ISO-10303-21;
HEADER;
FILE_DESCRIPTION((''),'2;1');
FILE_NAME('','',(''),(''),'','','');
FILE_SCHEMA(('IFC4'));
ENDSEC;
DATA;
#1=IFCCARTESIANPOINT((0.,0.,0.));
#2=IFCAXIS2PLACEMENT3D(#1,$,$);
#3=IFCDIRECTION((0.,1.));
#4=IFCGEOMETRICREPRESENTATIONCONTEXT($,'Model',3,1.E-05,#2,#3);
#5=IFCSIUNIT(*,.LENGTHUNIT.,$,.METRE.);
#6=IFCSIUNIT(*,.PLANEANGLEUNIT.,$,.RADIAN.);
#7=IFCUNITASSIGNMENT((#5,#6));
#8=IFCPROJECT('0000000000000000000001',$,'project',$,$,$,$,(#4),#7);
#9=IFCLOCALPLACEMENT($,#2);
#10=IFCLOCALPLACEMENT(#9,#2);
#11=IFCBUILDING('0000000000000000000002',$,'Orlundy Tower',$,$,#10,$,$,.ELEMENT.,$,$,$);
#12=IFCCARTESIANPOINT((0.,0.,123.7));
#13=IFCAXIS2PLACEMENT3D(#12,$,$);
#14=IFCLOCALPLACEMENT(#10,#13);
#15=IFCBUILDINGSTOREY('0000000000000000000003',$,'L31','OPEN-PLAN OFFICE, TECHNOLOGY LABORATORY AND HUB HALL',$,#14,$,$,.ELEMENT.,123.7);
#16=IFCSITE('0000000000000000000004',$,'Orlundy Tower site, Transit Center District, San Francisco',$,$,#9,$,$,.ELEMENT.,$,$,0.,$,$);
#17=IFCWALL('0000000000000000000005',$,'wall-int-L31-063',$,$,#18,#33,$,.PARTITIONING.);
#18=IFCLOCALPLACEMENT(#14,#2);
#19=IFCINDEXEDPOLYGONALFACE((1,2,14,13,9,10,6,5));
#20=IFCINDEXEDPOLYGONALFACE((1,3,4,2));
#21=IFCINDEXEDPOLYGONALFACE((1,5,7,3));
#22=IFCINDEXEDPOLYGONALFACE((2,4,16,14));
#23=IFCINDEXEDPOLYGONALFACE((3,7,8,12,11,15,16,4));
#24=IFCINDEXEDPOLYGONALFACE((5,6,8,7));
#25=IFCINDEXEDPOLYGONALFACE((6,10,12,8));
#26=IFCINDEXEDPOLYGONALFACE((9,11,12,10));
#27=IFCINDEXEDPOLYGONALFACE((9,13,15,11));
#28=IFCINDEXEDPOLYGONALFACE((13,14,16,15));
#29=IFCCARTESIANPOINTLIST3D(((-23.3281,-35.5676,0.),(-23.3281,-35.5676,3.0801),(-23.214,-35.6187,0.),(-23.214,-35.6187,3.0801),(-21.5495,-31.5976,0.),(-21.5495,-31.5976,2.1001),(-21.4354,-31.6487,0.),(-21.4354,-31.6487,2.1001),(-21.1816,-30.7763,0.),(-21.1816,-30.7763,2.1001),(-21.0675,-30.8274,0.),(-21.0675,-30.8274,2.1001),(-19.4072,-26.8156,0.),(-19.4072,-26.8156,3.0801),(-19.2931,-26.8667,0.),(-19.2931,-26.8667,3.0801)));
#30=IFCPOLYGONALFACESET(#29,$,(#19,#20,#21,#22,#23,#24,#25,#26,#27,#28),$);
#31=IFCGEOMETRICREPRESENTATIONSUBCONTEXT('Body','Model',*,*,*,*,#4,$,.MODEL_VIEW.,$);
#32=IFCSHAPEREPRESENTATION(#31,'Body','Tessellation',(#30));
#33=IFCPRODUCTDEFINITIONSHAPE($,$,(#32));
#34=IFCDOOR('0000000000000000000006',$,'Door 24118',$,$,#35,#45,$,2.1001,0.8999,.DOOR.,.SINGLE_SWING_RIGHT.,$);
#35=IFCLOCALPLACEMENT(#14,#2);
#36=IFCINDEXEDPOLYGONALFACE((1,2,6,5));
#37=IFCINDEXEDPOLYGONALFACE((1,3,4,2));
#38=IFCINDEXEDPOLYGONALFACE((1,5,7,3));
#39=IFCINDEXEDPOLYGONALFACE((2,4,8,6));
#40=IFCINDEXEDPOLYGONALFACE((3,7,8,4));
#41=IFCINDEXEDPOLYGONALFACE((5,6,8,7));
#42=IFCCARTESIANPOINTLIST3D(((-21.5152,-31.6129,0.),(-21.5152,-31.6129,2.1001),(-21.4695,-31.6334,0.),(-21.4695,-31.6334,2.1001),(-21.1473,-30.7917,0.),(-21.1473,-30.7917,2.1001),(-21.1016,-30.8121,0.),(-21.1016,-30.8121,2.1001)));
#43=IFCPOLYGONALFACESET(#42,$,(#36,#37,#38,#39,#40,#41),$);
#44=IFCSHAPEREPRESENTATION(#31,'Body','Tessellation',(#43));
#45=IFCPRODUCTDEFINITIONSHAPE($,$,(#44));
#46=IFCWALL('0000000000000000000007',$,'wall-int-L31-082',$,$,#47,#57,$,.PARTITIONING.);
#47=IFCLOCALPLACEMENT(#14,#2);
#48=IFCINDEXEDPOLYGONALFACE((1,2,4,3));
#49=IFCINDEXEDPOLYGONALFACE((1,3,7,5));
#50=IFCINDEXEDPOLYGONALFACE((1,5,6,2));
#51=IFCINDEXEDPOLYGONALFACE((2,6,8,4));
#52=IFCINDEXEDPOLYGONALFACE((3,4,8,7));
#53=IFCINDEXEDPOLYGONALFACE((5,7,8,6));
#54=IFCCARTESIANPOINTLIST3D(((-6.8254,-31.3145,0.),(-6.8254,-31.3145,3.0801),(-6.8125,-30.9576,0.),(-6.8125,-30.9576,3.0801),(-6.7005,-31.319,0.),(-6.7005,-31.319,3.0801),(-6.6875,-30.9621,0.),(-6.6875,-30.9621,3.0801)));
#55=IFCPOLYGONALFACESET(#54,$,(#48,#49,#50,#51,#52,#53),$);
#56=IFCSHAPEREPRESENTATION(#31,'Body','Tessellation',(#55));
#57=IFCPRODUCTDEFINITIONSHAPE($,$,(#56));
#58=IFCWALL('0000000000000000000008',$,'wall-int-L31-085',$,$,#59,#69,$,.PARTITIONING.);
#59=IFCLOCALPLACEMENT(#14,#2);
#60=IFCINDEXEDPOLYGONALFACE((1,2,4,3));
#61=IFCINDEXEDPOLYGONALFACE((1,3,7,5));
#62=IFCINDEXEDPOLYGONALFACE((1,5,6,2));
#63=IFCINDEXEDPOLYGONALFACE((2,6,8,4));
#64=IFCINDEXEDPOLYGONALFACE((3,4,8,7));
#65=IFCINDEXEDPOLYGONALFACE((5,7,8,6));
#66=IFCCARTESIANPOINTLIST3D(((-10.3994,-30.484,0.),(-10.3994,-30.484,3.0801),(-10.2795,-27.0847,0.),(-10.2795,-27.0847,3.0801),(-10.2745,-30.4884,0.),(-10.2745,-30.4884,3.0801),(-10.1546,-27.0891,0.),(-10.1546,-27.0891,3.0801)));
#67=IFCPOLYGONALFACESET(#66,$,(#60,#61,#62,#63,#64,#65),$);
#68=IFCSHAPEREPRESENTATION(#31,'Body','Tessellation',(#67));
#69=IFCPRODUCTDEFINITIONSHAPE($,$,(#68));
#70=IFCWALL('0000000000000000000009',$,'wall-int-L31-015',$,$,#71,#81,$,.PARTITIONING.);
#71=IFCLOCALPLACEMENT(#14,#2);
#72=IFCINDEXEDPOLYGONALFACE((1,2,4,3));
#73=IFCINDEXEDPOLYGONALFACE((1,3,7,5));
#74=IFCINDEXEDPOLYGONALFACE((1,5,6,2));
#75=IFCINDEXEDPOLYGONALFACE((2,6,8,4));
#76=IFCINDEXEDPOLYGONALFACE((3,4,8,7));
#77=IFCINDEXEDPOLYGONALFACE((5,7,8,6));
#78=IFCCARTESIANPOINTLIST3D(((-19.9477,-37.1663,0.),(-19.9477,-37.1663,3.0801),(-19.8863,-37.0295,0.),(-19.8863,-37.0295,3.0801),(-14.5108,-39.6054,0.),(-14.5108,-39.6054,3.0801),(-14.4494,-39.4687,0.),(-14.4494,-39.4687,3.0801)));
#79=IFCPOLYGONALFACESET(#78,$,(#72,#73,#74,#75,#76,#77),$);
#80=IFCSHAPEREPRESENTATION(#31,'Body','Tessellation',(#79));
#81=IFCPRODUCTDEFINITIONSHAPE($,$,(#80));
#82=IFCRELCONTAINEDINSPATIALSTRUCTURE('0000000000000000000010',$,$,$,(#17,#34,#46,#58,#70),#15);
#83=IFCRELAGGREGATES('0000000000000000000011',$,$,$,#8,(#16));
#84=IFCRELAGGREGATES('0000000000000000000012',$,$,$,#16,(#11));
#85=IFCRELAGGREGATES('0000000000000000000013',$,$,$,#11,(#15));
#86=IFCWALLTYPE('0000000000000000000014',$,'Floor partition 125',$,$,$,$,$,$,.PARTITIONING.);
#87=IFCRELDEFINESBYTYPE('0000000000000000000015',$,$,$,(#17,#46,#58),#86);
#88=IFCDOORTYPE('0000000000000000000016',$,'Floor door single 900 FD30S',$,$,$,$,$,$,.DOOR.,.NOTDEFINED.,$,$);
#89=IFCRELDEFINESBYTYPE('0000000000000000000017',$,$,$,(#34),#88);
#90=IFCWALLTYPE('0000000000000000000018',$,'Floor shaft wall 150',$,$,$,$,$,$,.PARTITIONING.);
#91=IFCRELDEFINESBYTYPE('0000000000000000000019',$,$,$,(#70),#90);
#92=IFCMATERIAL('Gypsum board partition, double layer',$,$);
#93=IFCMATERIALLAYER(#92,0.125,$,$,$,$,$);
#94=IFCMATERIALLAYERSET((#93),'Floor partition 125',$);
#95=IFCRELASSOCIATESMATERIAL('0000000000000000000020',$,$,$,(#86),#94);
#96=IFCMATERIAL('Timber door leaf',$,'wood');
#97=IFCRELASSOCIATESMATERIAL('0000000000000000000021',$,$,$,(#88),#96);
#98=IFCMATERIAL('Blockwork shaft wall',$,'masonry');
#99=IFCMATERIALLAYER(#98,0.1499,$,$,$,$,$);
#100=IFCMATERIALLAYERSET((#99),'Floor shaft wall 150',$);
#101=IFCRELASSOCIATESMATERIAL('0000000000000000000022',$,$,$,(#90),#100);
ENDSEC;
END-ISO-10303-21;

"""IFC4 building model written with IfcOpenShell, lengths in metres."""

from ifc_helpers import new_model, si_unit, direction, frame, frame_2d, origin, place, context, subcontext, project, spatial, rectangle, extrude, material, layer, layer_set, type_object, element, fill, save


model = new_model("IFC4")

# Units and contexts
model_context = context("Model", 3, precision=1e-05, world=origin(), true_north=direction((0.0, 1.0)))
body_context = subcontext(model_context, "Body", "Model", "MODEL_VIEW")
ifc_project = project(units=[si_unit("LENGTHUNIT", "METRE"), si_unit("PLANEANGLEUNIT", "RADIAN")], contexts=[model_context])

# Site, building, storey
site_placement = place(None, origin())
site = spatial("IfcSite", under=ifc_project, at=site_placement, Name="Orlundy Tower site, Transit Center District, San Francisco", CompositionType="ELEMENT", RefElevation=0.0)
building_placement = place(site_placement, origin())
building = spatial("IfcBuilding", under=site, at=building_placement, Name="Orlundy Tower", CompositionType="ELEMENT")
storey_placement = place(building_placement, frame((0.0, 0.0, 123.7)))
storey = spatial("IfcBuildingStorey", under=building, at=storey_placement, Name="L31", Description="OPEN-PLAN OFFICE, TECHNOLOGY LABORATORY AND HUB HALL", CompositionType="ELEMENT", Elevation=123.7)

# Shared definitions
ifc_material_1 = material(Name="Gypsum board partition, double layer")
ifc_layer_1 = layer(ifc_material_1, 0.125)
ifc_layer_set_1 = layer_set([ifc_layer_1], Name="Floor partition 125")
wall_type_1 = type_object("IfcWallType", Name="Floor partition 125", PredefinedType="PARTITIONING", material=ifc_layer_set_1)
ifc_material_2 = material(Name="Timber door leaf", Category="wood")
door_type_1 = type_object("IfcDoorType", Name="Floor door single 900 FD30S", OperationType="NOTDEFINED", PredefinedType="DOOR", material=ifc_material_2)

# Wall, opening, door
wall_1_placement = place(storey_placement, frame((-23.271, -35.593, 0.0), z_axis=(0.0, 0.0, 1.0), x_axis=(0.408848, 0.912602, 0.0)))
wall_1 = element("IfcWall", 1, at=wall_1_placement, inside=storey, type_object=wall_type_1, Name="wall-int-L31-063", PredefinedType="PARTITIONING", context=body_context, shape_type="SweptSolid", body=[
    extrude(rectangle(XDim=9.5901, YDim=0.125, at=frame_2d((4.7949, 0.0))), origin(), (0.0, 0.0, 1.0), 3.0801),
])
opening_1_placement = place(wall_1_placement, frame((4.3501, 0.0, 0.0)))
opening_1 = element("IfcOpeningElement", 2, at=opening_1_placement, cuts=wall_1, PredefinedType="OPENING", context=body_context, shape_type="SweptSolid", body=[
    extrude(rectangle(XDim=0.8999, YDim=2.1001, at=frame_2d((0.45, 1.05))), frame((0.0, 0.0725, 0.0), z_axis=(0.0, -1.0, 0.0), x_axis=(1.0, 0.0, 0.0)), (0.0, 0.0, 1.0), 0.145),
])
door_1_placement = place(opening_1_placement, origin())
door_1 = element("IfcDoor", 3, at=door_1_placement, inside=storey, type_object=door_type_1, Name="Door 24118", OperationType="SINGLE_SWING_RIGHT", OverallHeight=2.1001, OverallWidth=0.8999, PredefinedType="DOOR", context=body_context, shape_type="SweptSolid", body=[
    extrude(rectangle(XDim=0.8999, YDim=2.1001, at=frame_2d((0.45, 1.05))), frame((0.0, 0.0249, 0.0), z_axis=(0.0, -1.0, 0.0), x_axis=(1.0, 0.0, 0.0)), (0.0, 0.0, 1.0), 0.05),
])
fill(opening_1, door_1)

# Walls
wall_2_placement = place(storey_placement, frame((-6.7629, -31.3169, 0.0), z_axis=(0.0, 0.0, 1.0), x_axis=(0.036228, 0.999344, 0.0)))
element("IfcWall", 4, at=wall_2_placement, inside=storey, type_object=wall_type_1, Name="wall-int-L31-082", PredefinedType="PARTITIONING", context=body_context, shape_type="SweptSolid", body=[
    extrude(rectangle(XDim=0.3572, YDim=0.125, at=frame_2d((0.1787, 0.0))), origin(), (0.0, 0.0, 1.0), 3.0801),
])
wall_3_placement = place(storey_placement, frame((-10.217, -27.0869, 0.0), z_axis=(0.0, 0.0, 1.0), x_axis=(-0.035243, -0.999379, 0.0)))
element("IfcWall", 5, at=wall_3_placement, inside=storey, type_object=wall_type_1, Name="wall-int-L31-085", PredefinedType="PARTITIONING", context=body_context, shape_type="SweptSolid", body=[
    extrude(rectangle(XDim=3.4014, YDim=0.125, at=frame_2d((1.7007, 0.0))), origin(), (0.0, 0.0, 1.0), 3.0801),
])
ifc_material_3 = material(Name="Blockwork shaft wall", Category="masonry")
ifc_layer_2 = layer(ifc_material_3, 0.1499)
ifc_layer_set_2 = layer_set([ifc_layer_2], Name="Floor shaft wall 150")
wall_type_2 = type_object("IfcWallType", Name="Floor shaft wall 150", PredefinedType="PARTITIONING", material=ifc_layer_set_2)
wall_4_placement = place(storey_placement, frame((-19.917, -37.0979, 0.0), z_axis=(0.0, 0.0, 1.0), x_axis=(0.912389, -0.409325, 0.0)))
element("IfcWall", 6, at=wall_4_placement, inside=storey, type_object=wall_type_2, Name="wall-int-L31-015", PredefinedType="PARTITIONING", context=body_context, shape_type="SweptSolid", body=[
    extrude(rectangle(XDim=5.959, YDim=0.1499, at=frame_2d((2.9795, 0.0))), origin(), (0.0, 0.0, 1.0), 3.0801),
])

save(model, "model.ifc")
